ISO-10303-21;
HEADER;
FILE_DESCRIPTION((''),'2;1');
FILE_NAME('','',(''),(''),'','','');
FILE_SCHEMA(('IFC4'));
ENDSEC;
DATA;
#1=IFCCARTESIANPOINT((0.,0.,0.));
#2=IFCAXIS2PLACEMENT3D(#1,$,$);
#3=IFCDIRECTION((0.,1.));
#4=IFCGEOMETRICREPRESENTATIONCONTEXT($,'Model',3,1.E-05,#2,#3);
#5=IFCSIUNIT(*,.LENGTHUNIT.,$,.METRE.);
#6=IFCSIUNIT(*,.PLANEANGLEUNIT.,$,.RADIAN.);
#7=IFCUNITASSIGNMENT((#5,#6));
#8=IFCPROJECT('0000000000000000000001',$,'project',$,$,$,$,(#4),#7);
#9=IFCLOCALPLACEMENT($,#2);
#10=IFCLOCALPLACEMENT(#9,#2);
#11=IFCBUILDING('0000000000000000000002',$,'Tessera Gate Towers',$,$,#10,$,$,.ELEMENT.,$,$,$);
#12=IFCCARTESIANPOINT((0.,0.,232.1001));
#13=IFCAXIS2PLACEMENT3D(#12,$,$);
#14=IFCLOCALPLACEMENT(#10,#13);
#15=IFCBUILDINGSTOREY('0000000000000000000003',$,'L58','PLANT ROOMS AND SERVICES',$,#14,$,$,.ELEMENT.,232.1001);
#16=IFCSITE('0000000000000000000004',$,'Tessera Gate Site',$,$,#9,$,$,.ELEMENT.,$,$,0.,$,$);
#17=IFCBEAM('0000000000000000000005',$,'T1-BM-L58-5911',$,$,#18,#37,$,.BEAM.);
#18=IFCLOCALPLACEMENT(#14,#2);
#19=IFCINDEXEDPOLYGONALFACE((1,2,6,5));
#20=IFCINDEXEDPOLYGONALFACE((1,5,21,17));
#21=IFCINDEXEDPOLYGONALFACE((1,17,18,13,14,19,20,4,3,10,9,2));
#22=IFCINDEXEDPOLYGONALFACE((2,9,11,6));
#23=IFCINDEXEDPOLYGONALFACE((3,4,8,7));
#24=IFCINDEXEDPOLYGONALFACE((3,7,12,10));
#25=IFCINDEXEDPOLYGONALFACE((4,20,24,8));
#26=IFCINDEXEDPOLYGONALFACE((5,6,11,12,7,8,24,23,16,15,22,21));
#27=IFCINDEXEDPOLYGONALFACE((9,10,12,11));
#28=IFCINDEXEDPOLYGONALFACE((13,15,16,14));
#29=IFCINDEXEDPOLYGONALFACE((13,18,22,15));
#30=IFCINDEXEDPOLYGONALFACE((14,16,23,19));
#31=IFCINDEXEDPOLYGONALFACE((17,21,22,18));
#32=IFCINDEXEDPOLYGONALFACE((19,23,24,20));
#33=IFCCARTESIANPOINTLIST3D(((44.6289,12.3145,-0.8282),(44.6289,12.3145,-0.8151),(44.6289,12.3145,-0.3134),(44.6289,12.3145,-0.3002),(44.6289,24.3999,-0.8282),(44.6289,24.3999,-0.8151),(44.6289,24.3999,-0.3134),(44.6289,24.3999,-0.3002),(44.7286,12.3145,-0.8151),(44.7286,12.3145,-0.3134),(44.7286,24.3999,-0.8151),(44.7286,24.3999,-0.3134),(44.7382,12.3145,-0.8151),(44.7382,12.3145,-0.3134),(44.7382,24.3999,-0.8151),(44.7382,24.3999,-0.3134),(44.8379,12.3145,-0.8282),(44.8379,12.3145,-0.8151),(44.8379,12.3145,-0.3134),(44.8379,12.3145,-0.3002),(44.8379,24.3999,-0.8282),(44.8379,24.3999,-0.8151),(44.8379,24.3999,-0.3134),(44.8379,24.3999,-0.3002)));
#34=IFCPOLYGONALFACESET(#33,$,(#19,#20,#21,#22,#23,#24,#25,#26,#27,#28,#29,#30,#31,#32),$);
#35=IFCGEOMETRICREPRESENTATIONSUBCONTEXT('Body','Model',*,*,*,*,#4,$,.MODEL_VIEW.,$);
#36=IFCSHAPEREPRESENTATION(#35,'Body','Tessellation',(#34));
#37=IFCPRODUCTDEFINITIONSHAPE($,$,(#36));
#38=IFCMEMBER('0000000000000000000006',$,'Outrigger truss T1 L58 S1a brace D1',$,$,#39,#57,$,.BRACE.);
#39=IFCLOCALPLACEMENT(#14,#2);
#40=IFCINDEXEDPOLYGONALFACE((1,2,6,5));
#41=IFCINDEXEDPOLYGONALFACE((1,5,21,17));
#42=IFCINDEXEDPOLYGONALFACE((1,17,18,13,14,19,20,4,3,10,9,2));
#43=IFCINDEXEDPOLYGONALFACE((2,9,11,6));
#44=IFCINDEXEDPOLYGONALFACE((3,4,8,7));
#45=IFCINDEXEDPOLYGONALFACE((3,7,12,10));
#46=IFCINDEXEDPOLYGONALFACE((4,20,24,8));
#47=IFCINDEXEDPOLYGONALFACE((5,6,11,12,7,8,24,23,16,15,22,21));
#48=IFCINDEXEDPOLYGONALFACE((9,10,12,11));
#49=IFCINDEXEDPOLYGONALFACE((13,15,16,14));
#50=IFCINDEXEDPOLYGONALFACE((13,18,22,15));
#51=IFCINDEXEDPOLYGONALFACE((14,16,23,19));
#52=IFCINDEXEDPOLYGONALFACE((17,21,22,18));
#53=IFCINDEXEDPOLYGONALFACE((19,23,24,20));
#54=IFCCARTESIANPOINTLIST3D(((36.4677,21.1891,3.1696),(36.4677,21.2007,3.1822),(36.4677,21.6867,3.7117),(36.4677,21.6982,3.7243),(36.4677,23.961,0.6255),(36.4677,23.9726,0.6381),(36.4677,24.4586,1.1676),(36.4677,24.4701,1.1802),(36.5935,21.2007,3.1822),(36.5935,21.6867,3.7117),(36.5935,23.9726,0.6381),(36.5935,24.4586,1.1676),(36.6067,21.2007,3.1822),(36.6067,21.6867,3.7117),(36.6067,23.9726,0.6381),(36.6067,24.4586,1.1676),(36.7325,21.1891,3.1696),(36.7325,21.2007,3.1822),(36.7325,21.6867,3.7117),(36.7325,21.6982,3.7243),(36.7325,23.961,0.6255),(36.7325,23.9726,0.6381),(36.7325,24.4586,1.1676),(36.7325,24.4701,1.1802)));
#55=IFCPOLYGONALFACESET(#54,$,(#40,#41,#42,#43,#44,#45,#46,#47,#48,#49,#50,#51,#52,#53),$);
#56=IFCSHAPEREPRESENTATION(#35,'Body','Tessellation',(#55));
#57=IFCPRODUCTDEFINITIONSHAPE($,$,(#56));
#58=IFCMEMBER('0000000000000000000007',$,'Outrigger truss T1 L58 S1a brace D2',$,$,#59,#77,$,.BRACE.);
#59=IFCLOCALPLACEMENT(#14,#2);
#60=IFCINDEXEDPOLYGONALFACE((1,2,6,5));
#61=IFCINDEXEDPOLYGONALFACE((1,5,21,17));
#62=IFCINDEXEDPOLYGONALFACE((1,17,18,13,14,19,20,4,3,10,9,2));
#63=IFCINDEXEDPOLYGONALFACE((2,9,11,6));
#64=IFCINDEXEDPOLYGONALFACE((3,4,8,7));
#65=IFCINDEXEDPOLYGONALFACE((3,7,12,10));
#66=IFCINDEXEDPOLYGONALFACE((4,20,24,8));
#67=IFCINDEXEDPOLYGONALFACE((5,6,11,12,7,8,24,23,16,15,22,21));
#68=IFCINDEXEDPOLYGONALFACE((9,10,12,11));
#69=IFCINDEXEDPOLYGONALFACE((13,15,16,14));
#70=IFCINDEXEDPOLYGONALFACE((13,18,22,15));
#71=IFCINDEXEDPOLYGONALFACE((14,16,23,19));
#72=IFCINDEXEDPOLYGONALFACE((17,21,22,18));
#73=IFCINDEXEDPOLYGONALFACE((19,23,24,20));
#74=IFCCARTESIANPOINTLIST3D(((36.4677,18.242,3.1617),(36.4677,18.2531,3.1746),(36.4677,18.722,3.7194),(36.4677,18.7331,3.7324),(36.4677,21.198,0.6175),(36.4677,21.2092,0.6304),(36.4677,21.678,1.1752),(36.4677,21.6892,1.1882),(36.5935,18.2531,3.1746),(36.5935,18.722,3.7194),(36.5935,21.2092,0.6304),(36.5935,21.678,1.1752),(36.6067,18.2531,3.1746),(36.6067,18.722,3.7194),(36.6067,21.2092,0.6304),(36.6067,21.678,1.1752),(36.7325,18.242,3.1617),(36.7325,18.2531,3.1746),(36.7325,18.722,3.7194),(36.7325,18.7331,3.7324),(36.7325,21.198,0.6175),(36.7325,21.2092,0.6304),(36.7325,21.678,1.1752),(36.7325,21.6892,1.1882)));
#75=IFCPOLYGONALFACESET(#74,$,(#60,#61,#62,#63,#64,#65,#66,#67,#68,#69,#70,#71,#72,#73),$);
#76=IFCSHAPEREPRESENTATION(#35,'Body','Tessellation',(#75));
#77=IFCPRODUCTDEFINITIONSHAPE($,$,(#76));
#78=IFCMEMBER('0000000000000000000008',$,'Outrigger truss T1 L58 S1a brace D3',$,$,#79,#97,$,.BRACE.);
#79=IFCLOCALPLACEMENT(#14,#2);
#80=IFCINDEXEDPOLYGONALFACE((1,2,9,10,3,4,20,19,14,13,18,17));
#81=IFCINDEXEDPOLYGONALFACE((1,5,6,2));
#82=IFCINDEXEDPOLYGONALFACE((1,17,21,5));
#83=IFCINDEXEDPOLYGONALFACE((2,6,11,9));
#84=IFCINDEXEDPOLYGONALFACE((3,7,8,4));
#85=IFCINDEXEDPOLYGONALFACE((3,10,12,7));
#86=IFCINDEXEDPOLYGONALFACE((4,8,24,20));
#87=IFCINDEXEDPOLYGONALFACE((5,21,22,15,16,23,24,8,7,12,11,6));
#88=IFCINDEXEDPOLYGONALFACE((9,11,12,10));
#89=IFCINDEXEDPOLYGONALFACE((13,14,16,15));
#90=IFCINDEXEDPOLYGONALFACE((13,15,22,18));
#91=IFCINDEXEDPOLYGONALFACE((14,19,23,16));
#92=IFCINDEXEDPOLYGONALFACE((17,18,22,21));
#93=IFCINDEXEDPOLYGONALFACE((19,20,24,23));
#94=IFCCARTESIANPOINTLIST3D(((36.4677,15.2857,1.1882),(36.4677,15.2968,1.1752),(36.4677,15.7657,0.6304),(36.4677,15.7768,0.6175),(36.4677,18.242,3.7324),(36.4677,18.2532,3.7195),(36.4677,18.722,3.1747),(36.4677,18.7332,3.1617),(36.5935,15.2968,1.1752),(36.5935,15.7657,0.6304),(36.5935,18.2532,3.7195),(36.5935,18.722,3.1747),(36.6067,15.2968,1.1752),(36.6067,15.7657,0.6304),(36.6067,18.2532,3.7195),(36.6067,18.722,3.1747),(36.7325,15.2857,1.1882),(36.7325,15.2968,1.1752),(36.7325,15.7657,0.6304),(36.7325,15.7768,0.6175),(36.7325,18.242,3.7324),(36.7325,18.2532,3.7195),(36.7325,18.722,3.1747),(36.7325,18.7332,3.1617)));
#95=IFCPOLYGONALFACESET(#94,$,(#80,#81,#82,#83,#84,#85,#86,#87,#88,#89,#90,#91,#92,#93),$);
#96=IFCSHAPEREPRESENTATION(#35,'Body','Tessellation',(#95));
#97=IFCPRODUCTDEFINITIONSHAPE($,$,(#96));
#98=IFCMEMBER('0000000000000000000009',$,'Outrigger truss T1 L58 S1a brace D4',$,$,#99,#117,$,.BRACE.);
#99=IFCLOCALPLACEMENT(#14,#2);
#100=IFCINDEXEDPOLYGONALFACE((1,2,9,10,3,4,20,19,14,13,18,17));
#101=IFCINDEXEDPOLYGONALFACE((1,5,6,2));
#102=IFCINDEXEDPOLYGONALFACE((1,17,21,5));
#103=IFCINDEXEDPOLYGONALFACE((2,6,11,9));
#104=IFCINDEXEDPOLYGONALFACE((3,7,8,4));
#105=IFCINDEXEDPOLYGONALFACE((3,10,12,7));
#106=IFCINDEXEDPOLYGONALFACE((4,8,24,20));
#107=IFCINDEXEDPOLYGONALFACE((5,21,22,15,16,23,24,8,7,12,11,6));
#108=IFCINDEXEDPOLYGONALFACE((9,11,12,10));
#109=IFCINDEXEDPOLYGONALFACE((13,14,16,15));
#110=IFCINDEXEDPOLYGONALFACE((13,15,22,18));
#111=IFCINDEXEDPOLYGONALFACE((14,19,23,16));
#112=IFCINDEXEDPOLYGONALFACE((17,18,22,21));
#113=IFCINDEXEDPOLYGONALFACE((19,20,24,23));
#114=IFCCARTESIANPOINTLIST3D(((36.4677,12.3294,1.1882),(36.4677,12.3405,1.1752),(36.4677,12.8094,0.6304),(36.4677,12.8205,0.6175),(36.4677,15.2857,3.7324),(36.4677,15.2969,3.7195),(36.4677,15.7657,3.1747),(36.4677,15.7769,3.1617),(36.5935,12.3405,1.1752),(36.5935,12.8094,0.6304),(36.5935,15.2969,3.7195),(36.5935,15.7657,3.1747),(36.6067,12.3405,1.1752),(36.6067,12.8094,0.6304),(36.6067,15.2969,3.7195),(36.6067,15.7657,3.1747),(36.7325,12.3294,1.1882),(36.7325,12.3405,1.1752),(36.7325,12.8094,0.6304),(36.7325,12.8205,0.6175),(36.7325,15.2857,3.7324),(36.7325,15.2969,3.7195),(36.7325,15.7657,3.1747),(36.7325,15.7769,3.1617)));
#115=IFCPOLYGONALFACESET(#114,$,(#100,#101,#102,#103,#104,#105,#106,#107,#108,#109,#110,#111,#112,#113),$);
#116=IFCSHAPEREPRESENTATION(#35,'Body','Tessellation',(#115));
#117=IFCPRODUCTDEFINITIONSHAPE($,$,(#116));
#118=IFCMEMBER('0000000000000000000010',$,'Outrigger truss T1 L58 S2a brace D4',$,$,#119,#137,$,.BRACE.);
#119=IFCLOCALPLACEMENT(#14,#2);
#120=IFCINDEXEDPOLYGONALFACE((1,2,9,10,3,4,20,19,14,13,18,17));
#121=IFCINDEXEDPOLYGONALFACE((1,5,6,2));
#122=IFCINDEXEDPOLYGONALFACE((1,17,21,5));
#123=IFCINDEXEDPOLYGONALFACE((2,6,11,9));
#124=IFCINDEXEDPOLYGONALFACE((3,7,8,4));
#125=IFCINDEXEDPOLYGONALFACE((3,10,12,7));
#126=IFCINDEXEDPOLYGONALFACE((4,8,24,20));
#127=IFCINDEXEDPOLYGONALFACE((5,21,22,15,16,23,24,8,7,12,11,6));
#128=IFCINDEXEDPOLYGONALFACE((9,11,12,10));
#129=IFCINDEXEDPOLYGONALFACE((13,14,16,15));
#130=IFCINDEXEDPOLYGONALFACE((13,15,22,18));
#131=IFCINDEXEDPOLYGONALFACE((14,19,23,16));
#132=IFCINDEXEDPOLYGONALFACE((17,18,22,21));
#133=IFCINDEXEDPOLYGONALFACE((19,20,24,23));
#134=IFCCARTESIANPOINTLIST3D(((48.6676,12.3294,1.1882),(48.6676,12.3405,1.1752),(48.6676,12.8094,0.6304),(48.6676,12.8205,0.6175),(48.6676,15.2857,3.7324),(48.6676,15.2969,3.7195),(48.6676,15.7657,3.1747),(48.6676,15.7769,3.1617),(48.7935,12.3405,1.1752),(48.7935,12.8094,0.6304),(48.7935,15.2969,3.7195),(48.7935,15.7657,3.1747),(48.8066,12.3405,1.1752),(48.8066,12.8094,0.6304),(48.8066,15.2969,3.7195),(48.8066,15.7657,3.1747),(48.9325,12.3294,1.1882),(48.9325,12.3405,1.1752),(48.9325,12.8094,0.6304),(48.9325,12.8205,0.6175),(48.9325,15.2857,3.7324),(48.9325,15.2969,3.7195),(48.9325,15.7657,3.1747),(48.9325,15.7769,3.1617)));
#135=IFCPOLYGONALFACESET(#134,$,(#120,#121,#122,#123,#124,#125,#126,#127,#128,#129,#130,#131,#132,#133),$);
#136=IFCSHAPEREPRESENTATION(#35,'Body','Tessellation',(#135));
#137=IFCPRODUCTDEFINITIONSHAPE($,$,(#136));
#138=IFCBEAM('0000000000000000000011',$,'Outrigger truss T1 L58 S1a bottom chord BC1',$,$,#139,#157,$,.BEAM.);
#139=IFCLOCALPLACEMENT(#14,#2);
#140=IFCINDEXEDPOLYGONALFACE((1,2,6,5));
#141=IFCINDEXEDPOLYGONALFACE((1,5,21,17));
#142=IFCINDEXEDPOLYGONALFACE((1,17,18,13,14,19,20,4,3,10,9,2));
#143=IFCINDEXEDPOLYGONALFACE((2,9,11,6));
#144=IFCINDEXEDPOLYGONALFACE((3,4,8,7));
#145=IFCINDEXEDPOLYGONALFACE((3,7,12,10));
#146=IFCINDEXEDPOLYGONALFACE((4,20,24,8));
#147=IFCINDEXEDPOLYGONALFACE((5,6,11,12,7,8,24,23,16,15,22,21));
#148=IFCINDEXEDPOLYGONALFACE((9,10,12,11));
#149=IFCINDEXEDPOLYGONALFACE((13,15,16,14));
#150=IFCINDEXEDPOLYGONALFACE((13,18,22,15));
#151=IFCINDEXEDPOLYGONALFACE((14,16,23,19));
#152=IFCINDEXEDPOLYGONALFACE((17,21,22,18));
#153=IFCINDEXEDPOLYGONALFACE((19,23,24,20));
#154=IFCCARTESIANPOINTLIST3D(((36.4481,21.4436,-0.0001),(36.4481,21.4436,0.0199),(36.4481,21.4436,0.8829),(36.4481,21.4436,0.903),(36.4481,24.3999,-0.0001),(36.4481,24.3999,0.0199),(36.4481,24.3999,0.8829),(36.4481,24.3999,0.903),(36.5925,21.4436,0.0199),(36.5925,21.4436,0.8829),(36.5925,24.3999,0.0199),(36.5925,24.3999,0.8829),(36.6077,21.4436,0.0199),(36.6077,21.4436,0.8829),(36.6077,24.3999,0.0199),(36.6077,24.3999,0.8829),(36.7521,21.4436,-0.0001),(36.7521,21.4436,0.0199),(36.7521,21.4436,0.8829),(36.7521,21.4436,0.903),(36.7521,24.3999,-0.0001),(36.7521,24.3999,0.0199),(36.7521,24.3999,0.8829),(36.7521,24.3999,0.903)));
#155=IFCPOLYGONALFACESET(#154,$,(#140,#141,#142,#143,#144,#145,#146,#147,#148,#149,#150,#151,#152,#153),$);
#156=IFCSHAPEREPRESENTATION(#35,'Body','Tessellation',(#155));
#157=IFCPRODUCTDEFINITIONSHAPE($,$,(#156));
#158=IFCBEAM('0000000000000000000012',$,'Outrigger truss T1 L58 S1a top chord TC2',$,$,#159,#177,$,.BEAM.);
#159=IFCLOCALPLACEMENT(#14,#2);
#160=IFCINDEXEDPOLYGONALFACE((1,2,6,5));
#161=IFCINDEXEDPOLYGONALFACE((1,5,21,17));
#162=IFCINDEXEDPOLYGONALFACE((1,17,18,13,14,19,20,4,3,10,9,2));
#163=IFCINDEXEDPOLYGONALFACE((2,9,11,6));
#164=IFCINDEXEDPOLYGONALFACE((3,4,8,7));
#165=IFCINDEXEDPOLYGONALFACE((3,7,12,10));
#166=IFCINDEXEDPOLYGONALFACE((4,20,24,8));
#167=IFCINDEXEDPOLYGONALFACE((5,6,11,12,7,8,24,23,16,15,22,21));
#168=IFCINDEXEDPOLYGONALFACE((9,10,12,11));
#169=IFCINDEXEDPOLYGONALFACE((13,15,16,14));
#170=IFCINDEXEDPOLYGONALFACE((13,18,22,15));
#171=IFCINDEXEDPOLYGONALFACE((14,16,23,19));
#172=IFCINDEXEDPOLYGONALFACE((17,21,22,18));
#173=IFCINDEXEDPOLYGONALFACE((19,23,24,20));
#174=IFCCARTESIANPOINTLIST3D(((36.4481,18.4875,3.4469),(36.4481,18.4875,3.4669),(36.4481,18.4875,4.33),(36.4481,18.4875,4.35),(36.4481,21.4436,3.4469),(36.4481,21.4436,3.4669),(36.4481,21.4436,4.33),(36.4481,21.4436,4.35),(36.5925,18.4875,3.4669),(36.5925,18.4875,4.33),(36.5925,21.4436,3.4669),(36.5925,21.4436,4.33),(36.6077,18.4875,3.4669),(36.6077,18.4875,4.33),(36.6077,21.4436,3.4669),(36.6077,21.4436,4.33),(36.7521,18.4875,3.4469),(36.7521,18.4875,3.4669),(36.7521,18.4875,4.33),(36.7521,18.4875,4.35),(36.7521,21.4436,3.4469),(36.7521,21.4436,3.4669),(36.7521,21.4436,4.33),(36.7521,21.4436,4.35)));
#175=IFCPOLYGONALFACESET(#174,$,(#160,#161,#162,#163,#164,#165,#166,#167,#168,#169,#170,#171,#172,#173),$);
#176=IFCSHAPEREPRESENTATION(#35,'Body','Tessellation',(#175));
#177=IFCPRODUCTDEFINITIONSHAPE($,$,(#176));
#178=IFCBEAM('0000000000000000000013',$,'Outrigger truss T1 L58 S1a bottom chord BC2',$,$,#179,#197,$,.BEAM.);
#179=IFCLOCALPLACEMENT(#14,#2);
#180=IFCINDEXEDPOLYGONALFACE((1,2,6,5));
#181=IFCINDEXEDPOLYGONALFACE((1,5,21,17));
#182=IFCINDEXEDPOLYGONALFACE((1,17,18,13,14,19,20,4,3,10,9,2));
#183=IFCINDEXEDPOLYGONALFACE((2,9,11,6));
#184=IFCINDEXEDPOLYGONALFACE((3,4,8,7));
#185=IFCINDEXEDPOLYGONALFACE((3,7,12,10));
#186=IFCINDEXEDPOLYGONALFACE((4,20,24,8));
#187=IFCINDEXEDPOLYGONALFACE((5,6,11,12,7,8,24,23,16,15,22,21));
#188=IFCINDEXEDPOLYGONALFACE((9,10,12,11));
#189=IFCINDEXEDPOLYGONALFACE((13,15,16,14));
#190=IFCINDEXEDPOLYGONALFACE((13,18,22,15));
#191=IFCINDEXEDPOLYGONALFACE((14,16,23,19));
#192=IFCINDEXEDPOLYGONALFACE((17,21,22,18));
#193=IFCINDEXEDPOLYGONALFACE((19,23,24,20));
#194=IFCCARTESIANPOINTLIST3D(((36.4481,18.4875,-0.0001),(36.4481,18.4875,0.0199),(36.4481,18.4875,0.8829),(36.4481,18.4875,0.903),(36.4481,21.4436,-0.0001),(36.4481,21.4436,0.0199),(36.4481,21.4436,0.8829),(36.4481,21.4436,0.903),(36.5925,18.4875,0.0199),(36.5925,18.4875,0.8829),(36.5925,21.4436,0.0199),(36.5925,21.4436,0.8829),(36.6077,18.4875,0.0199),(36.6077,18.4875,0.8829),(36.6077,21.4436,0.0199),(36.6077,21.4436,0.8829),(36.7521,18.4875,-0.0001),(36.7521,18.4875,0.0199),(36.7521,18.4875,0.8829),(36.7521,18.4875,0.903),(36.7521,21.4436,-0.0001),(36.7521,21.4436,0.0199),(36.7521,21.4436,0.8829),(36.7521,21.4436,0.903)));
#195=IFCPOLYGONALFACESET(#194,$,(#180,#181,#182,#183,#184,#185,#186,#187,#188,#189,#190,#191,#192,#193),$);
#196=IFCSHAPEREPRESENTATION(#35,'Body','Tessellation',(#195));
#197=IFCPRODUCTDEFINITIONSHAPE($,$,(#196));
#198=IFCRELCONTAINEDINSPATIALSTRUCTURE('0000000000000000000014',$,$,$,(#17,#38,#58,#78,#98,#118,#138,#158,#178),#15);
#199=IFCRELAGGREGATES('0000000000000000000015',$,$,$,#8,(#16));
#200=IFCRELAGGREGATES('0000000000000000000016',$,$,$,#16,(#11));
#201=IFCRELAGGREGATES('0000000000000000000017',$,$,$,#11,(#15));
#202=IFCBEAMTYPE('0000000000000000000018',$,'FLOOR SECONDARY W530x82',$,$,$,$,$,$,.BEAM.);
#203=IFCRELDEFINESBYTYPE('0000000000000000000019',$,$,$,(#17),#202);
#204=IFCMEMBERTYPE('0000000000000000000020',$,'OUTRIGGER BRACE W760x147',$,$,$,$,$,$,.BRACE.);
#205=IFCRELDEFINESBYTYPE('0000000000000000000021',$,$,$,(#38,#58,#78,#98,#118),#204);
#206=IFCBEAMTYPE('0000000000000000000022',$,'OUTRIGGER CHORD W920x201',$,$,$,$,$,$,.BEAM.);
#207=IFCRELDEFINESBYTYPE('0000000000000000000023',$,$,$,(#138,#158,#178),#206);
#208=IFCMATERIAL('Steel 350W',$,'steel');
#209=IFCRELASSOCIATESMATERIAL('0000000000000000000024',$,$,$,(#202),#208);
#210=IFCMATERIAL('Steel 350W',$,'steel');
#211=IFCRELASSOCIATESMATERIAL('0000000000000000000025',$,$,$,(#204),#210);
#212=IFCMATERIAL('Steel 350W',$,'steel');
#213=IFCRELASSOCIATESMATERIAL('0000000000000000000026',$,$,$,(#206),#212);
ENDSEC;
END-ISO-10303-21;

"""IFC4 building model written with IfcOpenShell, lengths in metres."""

from ifc_helpers import new_model, si_unit, direction, frame, origin, origin_2d, place, context, subcontext, project, spatial, i_section, extrude, material, material_profile, profile_set, type_object, element, save


model = new_model("IFC4")

# Units and contexts
model_context = context("Model", 3, precision=1e-05, world=origin(), true_north=direction((0.0, 1.0)))
body_context = subcontext(model_context, "Body", "Model", "MODEL_VIEW")
ifc_project = project(units=[si_unit("LENGTHUNIT", "METRE"), si_unit("PLANEANGLEUNIT", "RADIAN")], contexts=[model_context])

# Site, building, storey
site_placement = place(None, origin())
site = spatial("IfcSite", under=ifc_project, at=site_placement, Name="Tessera Gate Site", CompositionType="ELEMENT", RefElevation=0.0)
building_placement = place(site_placement, origin())
building = spatial("IfcBuilding", under=site, at=building_placement, Name="Tessera Gate Towers", CompositionType="ELEMENT")
storey_placement = place(building_placement, frame((0.0, 0.0, 232.1001)))
storey = spatial("IfcBuildingStorey", under=building, at=storey_placement, Name="L58", Description="PLANT ROOMS AND SERVICES", CompositionType="ELEMENT", Elevation=232.1001)

# Beam
ifc_material_1 = material(Name="Steel 350W", Category="steel")
ifc_material_profile_1 = material_profile(ifc_material_1, i_section(OverallWidth=0.209, OverallDepth=0.5281, WebThickness=0.0095, FlangeThickness=0.0132, at=origin_2d()), Name="W530x82")
ifc_profile_set_1 = profile_set([ifc_material_profile_1], Name="Steel 350W")
beam_type_1 = type_object("IfcBeamType", Name="FLOOR SECONDARY W530x82", PredefinedType="BEAM", material=ifc_profile_set_1)
beam_1_placement = place(storey_placement, frame((44.7334, 12.3145, -0.5642), z_axis=(0.0, 1.0, 0.0), x_axis=(-1.0, 0.0, 0.0)))
element("IfcBeam", 1, at=beam_1_placement, inside=storey, type_object=beam_type_1, Name="T1-BM-L58-5911", PredefinedType="BEAM", context=body_context, shape_type="SweptSolid", body=[
    extrude(i_section(OverallWidth=0.209, OverallDepth=0.5281, WebThickness=0.0095, FlangeThickness=0.0132, at=origin_2d()), origin(), (0.0, 0.0, 1.0), 12.0854),
])

# Members
ifc_material_2 = material(Name="Steel 350W", Category="steel")
ifc_material_profile_2 = material_profile(ifc_material_2, i_section(OverallWidth=0.2649, OverallDepth=0.7529, WebThickness=0.0132, FlangeThickness=0.0171, at=origin_2d()), Name="W760x147")
ifc_profile_set_2 = profile_set([ifc_material_profile_2], Name="Steel 350W")
member_type_1 = type_object("IfcMemberType", Name="OUTRIGGER BRACE W760x147", PredefinedType="BRACE", material=ifc_profile_set_2)
member_1_placement = place(storey_placement, frame((36.6001, 24.2156, 0.9028), z_axis=(0.0, -0.736728, 0.676189), x_axis=(1.0, 0.0, 0.0)))
element("IfcMember", 2, at=member_1_placement, inside=storey, type_object=member_type_1, Name="Outrigger truss T1 L58 S1a brace D1", PredefinedType="BRACE", context=body_context, shape_type="SweptSolid", body=[
    extrude(i_section(OverallWidth=0.2649, OverallDepth=0.7529, WebThickness=0.0132, FlangeThickness=0.0171, at=origin_2d()), origin(), (0.0, 0.0, 1.0), 3.7625),
])
member_2_placement = place(storey_placement, frame((36.6001, 21.4436, 0.9028), z_axis=(0.0, -0.757934, 0.652331), x_axis=(1.0, 0.0, 0.0)))
element("IfcMember", 3, at=member_2_placement, inside=storey, type_object=member_type_1, Name="Outrigger truss T1 L58 S1a brace D2", PredefinedType="BRACE", context=body_context, shape_type="SweptSolid", body=[
    extrude(i_section(OverallWidth=0.2649, OverallDepth=0.7529, WebThickness=0.0132, FlangeThickness=0.0171, at=origin_2d()), origin(), (0.0, 0.0, 1.0), 3.9001),
])
for number, where, z_axis, x_axis, name in (
    (4, (36.6001, 15.5312, 0.9028), (0.0, 0.75796, 0.6523), (-1.0, 0.0, 0.0), "Outrigger truss T1 L58 S1a brace D3"),
    (5, (36.6001, 12.575, 0.9028), (0.0, 0.75796, 0.6523), (-1.0, 0.0, 0.0), "Outrigger truss T1 L58 S1a brace D4"),
    (6, (48.8, 12.575, 0.9028), (0.0, 0.75796, 0.6523), (-1.0, 0.0, 0.0), "Outrigger truss T1 L58 S2a brace D4"),
):
    element("IfcMember", number, at=place(storey_placement, frame(where, z_axis=z_axis, x_axis=x_axis)), inside=storey, type_object=member_type_1, Name=name, PredefinedType="BRACE", context=body_context, shape_type="SweptSolid", body=[
        extrude(i_section(OverallWidth=0.2649, OverallDepth=0.7529, WebThickness=0.0132, FlangeThickness=0.0171, at=origin_2d()), origin(), (0.0, 0.0, 1.0), 3.9004),
    ])

# Beams
ifc_material_3 = material(Name="Steel 350W", Category="steel")
ifc_material_profile_3 = material_profile(ifc_material_3, i_section(OverallWidth=0.304, OverallDepth=0.9031, WebThickness=0.0151, FlangeThickness=0.02, at=origin_2d()), Name="W920x201")
ifc_profile_set_3 = profile_set([ifc_material_profile_3], Name="Steel 350W")
beam_type_2 = type_object("IfcBeamType", Name="OUTRIGGER CHORD W920x201", PredefinedType="BEAM", material=ifc_profile_set_3)
beam_2_placement = place(storey_placement, frame((36.6001, 24.3999, 0.4514), z_axis=(0.0, -1.0, 0.0), x_axis=(1.0, 0.0, 0.0)))
element("IfcBeam", 7, at=beam_2_placement, inside=storey, type_object=beam_type_2, Name="Outrigger truss T1 L58 S1a bottom chord BC1", PredefinedType="BEAM", context=body_context, shape_type="SweptSolid", body=[
    extrude(i_section(OverallWidth=0.304, OverallDepth=0.9031, WebThickness=0.0151, FlangeThickness=0.02, at=origin_2d()), origin(), (0.0, 0.0, 1.0), 2.9563),
])
for number, where, z_axis, x_axis, name in (
    (8, (36.6001, 21.4436, 3.8984), (0.0, -1.0, 0.0), (1.0, 0.0, 0.0), "Outrigger truss T1 L58 S1a top chord TC2"),
    (9, (36.6001, 21.4436, 0.4514), (0.0, -1.0, 0.0), (1.0, 0.0, 0.0), "Outrigger truss T1 L58 S1a bottom chord BC2"),
):
    element("IfcBeam", number, at=place(storey_placement, frame(where, z_axis=z_axis, x_axis=x_axis)), inside=storey, type_object=beam_type_2, Name=name, PredefinedType="BEAM", context=body_context, shape_type="SweptSolid", body=[
        extrude(i_section(OverallWidth=0.304, OverallDepth=0.9031, WebThickness=0.0151, FlangeThickness=0.02, at=origin_2d()), origin(), (0.0, 0.0, 1.0), 2.9561),
    ])

save(model, "model.ifc")
